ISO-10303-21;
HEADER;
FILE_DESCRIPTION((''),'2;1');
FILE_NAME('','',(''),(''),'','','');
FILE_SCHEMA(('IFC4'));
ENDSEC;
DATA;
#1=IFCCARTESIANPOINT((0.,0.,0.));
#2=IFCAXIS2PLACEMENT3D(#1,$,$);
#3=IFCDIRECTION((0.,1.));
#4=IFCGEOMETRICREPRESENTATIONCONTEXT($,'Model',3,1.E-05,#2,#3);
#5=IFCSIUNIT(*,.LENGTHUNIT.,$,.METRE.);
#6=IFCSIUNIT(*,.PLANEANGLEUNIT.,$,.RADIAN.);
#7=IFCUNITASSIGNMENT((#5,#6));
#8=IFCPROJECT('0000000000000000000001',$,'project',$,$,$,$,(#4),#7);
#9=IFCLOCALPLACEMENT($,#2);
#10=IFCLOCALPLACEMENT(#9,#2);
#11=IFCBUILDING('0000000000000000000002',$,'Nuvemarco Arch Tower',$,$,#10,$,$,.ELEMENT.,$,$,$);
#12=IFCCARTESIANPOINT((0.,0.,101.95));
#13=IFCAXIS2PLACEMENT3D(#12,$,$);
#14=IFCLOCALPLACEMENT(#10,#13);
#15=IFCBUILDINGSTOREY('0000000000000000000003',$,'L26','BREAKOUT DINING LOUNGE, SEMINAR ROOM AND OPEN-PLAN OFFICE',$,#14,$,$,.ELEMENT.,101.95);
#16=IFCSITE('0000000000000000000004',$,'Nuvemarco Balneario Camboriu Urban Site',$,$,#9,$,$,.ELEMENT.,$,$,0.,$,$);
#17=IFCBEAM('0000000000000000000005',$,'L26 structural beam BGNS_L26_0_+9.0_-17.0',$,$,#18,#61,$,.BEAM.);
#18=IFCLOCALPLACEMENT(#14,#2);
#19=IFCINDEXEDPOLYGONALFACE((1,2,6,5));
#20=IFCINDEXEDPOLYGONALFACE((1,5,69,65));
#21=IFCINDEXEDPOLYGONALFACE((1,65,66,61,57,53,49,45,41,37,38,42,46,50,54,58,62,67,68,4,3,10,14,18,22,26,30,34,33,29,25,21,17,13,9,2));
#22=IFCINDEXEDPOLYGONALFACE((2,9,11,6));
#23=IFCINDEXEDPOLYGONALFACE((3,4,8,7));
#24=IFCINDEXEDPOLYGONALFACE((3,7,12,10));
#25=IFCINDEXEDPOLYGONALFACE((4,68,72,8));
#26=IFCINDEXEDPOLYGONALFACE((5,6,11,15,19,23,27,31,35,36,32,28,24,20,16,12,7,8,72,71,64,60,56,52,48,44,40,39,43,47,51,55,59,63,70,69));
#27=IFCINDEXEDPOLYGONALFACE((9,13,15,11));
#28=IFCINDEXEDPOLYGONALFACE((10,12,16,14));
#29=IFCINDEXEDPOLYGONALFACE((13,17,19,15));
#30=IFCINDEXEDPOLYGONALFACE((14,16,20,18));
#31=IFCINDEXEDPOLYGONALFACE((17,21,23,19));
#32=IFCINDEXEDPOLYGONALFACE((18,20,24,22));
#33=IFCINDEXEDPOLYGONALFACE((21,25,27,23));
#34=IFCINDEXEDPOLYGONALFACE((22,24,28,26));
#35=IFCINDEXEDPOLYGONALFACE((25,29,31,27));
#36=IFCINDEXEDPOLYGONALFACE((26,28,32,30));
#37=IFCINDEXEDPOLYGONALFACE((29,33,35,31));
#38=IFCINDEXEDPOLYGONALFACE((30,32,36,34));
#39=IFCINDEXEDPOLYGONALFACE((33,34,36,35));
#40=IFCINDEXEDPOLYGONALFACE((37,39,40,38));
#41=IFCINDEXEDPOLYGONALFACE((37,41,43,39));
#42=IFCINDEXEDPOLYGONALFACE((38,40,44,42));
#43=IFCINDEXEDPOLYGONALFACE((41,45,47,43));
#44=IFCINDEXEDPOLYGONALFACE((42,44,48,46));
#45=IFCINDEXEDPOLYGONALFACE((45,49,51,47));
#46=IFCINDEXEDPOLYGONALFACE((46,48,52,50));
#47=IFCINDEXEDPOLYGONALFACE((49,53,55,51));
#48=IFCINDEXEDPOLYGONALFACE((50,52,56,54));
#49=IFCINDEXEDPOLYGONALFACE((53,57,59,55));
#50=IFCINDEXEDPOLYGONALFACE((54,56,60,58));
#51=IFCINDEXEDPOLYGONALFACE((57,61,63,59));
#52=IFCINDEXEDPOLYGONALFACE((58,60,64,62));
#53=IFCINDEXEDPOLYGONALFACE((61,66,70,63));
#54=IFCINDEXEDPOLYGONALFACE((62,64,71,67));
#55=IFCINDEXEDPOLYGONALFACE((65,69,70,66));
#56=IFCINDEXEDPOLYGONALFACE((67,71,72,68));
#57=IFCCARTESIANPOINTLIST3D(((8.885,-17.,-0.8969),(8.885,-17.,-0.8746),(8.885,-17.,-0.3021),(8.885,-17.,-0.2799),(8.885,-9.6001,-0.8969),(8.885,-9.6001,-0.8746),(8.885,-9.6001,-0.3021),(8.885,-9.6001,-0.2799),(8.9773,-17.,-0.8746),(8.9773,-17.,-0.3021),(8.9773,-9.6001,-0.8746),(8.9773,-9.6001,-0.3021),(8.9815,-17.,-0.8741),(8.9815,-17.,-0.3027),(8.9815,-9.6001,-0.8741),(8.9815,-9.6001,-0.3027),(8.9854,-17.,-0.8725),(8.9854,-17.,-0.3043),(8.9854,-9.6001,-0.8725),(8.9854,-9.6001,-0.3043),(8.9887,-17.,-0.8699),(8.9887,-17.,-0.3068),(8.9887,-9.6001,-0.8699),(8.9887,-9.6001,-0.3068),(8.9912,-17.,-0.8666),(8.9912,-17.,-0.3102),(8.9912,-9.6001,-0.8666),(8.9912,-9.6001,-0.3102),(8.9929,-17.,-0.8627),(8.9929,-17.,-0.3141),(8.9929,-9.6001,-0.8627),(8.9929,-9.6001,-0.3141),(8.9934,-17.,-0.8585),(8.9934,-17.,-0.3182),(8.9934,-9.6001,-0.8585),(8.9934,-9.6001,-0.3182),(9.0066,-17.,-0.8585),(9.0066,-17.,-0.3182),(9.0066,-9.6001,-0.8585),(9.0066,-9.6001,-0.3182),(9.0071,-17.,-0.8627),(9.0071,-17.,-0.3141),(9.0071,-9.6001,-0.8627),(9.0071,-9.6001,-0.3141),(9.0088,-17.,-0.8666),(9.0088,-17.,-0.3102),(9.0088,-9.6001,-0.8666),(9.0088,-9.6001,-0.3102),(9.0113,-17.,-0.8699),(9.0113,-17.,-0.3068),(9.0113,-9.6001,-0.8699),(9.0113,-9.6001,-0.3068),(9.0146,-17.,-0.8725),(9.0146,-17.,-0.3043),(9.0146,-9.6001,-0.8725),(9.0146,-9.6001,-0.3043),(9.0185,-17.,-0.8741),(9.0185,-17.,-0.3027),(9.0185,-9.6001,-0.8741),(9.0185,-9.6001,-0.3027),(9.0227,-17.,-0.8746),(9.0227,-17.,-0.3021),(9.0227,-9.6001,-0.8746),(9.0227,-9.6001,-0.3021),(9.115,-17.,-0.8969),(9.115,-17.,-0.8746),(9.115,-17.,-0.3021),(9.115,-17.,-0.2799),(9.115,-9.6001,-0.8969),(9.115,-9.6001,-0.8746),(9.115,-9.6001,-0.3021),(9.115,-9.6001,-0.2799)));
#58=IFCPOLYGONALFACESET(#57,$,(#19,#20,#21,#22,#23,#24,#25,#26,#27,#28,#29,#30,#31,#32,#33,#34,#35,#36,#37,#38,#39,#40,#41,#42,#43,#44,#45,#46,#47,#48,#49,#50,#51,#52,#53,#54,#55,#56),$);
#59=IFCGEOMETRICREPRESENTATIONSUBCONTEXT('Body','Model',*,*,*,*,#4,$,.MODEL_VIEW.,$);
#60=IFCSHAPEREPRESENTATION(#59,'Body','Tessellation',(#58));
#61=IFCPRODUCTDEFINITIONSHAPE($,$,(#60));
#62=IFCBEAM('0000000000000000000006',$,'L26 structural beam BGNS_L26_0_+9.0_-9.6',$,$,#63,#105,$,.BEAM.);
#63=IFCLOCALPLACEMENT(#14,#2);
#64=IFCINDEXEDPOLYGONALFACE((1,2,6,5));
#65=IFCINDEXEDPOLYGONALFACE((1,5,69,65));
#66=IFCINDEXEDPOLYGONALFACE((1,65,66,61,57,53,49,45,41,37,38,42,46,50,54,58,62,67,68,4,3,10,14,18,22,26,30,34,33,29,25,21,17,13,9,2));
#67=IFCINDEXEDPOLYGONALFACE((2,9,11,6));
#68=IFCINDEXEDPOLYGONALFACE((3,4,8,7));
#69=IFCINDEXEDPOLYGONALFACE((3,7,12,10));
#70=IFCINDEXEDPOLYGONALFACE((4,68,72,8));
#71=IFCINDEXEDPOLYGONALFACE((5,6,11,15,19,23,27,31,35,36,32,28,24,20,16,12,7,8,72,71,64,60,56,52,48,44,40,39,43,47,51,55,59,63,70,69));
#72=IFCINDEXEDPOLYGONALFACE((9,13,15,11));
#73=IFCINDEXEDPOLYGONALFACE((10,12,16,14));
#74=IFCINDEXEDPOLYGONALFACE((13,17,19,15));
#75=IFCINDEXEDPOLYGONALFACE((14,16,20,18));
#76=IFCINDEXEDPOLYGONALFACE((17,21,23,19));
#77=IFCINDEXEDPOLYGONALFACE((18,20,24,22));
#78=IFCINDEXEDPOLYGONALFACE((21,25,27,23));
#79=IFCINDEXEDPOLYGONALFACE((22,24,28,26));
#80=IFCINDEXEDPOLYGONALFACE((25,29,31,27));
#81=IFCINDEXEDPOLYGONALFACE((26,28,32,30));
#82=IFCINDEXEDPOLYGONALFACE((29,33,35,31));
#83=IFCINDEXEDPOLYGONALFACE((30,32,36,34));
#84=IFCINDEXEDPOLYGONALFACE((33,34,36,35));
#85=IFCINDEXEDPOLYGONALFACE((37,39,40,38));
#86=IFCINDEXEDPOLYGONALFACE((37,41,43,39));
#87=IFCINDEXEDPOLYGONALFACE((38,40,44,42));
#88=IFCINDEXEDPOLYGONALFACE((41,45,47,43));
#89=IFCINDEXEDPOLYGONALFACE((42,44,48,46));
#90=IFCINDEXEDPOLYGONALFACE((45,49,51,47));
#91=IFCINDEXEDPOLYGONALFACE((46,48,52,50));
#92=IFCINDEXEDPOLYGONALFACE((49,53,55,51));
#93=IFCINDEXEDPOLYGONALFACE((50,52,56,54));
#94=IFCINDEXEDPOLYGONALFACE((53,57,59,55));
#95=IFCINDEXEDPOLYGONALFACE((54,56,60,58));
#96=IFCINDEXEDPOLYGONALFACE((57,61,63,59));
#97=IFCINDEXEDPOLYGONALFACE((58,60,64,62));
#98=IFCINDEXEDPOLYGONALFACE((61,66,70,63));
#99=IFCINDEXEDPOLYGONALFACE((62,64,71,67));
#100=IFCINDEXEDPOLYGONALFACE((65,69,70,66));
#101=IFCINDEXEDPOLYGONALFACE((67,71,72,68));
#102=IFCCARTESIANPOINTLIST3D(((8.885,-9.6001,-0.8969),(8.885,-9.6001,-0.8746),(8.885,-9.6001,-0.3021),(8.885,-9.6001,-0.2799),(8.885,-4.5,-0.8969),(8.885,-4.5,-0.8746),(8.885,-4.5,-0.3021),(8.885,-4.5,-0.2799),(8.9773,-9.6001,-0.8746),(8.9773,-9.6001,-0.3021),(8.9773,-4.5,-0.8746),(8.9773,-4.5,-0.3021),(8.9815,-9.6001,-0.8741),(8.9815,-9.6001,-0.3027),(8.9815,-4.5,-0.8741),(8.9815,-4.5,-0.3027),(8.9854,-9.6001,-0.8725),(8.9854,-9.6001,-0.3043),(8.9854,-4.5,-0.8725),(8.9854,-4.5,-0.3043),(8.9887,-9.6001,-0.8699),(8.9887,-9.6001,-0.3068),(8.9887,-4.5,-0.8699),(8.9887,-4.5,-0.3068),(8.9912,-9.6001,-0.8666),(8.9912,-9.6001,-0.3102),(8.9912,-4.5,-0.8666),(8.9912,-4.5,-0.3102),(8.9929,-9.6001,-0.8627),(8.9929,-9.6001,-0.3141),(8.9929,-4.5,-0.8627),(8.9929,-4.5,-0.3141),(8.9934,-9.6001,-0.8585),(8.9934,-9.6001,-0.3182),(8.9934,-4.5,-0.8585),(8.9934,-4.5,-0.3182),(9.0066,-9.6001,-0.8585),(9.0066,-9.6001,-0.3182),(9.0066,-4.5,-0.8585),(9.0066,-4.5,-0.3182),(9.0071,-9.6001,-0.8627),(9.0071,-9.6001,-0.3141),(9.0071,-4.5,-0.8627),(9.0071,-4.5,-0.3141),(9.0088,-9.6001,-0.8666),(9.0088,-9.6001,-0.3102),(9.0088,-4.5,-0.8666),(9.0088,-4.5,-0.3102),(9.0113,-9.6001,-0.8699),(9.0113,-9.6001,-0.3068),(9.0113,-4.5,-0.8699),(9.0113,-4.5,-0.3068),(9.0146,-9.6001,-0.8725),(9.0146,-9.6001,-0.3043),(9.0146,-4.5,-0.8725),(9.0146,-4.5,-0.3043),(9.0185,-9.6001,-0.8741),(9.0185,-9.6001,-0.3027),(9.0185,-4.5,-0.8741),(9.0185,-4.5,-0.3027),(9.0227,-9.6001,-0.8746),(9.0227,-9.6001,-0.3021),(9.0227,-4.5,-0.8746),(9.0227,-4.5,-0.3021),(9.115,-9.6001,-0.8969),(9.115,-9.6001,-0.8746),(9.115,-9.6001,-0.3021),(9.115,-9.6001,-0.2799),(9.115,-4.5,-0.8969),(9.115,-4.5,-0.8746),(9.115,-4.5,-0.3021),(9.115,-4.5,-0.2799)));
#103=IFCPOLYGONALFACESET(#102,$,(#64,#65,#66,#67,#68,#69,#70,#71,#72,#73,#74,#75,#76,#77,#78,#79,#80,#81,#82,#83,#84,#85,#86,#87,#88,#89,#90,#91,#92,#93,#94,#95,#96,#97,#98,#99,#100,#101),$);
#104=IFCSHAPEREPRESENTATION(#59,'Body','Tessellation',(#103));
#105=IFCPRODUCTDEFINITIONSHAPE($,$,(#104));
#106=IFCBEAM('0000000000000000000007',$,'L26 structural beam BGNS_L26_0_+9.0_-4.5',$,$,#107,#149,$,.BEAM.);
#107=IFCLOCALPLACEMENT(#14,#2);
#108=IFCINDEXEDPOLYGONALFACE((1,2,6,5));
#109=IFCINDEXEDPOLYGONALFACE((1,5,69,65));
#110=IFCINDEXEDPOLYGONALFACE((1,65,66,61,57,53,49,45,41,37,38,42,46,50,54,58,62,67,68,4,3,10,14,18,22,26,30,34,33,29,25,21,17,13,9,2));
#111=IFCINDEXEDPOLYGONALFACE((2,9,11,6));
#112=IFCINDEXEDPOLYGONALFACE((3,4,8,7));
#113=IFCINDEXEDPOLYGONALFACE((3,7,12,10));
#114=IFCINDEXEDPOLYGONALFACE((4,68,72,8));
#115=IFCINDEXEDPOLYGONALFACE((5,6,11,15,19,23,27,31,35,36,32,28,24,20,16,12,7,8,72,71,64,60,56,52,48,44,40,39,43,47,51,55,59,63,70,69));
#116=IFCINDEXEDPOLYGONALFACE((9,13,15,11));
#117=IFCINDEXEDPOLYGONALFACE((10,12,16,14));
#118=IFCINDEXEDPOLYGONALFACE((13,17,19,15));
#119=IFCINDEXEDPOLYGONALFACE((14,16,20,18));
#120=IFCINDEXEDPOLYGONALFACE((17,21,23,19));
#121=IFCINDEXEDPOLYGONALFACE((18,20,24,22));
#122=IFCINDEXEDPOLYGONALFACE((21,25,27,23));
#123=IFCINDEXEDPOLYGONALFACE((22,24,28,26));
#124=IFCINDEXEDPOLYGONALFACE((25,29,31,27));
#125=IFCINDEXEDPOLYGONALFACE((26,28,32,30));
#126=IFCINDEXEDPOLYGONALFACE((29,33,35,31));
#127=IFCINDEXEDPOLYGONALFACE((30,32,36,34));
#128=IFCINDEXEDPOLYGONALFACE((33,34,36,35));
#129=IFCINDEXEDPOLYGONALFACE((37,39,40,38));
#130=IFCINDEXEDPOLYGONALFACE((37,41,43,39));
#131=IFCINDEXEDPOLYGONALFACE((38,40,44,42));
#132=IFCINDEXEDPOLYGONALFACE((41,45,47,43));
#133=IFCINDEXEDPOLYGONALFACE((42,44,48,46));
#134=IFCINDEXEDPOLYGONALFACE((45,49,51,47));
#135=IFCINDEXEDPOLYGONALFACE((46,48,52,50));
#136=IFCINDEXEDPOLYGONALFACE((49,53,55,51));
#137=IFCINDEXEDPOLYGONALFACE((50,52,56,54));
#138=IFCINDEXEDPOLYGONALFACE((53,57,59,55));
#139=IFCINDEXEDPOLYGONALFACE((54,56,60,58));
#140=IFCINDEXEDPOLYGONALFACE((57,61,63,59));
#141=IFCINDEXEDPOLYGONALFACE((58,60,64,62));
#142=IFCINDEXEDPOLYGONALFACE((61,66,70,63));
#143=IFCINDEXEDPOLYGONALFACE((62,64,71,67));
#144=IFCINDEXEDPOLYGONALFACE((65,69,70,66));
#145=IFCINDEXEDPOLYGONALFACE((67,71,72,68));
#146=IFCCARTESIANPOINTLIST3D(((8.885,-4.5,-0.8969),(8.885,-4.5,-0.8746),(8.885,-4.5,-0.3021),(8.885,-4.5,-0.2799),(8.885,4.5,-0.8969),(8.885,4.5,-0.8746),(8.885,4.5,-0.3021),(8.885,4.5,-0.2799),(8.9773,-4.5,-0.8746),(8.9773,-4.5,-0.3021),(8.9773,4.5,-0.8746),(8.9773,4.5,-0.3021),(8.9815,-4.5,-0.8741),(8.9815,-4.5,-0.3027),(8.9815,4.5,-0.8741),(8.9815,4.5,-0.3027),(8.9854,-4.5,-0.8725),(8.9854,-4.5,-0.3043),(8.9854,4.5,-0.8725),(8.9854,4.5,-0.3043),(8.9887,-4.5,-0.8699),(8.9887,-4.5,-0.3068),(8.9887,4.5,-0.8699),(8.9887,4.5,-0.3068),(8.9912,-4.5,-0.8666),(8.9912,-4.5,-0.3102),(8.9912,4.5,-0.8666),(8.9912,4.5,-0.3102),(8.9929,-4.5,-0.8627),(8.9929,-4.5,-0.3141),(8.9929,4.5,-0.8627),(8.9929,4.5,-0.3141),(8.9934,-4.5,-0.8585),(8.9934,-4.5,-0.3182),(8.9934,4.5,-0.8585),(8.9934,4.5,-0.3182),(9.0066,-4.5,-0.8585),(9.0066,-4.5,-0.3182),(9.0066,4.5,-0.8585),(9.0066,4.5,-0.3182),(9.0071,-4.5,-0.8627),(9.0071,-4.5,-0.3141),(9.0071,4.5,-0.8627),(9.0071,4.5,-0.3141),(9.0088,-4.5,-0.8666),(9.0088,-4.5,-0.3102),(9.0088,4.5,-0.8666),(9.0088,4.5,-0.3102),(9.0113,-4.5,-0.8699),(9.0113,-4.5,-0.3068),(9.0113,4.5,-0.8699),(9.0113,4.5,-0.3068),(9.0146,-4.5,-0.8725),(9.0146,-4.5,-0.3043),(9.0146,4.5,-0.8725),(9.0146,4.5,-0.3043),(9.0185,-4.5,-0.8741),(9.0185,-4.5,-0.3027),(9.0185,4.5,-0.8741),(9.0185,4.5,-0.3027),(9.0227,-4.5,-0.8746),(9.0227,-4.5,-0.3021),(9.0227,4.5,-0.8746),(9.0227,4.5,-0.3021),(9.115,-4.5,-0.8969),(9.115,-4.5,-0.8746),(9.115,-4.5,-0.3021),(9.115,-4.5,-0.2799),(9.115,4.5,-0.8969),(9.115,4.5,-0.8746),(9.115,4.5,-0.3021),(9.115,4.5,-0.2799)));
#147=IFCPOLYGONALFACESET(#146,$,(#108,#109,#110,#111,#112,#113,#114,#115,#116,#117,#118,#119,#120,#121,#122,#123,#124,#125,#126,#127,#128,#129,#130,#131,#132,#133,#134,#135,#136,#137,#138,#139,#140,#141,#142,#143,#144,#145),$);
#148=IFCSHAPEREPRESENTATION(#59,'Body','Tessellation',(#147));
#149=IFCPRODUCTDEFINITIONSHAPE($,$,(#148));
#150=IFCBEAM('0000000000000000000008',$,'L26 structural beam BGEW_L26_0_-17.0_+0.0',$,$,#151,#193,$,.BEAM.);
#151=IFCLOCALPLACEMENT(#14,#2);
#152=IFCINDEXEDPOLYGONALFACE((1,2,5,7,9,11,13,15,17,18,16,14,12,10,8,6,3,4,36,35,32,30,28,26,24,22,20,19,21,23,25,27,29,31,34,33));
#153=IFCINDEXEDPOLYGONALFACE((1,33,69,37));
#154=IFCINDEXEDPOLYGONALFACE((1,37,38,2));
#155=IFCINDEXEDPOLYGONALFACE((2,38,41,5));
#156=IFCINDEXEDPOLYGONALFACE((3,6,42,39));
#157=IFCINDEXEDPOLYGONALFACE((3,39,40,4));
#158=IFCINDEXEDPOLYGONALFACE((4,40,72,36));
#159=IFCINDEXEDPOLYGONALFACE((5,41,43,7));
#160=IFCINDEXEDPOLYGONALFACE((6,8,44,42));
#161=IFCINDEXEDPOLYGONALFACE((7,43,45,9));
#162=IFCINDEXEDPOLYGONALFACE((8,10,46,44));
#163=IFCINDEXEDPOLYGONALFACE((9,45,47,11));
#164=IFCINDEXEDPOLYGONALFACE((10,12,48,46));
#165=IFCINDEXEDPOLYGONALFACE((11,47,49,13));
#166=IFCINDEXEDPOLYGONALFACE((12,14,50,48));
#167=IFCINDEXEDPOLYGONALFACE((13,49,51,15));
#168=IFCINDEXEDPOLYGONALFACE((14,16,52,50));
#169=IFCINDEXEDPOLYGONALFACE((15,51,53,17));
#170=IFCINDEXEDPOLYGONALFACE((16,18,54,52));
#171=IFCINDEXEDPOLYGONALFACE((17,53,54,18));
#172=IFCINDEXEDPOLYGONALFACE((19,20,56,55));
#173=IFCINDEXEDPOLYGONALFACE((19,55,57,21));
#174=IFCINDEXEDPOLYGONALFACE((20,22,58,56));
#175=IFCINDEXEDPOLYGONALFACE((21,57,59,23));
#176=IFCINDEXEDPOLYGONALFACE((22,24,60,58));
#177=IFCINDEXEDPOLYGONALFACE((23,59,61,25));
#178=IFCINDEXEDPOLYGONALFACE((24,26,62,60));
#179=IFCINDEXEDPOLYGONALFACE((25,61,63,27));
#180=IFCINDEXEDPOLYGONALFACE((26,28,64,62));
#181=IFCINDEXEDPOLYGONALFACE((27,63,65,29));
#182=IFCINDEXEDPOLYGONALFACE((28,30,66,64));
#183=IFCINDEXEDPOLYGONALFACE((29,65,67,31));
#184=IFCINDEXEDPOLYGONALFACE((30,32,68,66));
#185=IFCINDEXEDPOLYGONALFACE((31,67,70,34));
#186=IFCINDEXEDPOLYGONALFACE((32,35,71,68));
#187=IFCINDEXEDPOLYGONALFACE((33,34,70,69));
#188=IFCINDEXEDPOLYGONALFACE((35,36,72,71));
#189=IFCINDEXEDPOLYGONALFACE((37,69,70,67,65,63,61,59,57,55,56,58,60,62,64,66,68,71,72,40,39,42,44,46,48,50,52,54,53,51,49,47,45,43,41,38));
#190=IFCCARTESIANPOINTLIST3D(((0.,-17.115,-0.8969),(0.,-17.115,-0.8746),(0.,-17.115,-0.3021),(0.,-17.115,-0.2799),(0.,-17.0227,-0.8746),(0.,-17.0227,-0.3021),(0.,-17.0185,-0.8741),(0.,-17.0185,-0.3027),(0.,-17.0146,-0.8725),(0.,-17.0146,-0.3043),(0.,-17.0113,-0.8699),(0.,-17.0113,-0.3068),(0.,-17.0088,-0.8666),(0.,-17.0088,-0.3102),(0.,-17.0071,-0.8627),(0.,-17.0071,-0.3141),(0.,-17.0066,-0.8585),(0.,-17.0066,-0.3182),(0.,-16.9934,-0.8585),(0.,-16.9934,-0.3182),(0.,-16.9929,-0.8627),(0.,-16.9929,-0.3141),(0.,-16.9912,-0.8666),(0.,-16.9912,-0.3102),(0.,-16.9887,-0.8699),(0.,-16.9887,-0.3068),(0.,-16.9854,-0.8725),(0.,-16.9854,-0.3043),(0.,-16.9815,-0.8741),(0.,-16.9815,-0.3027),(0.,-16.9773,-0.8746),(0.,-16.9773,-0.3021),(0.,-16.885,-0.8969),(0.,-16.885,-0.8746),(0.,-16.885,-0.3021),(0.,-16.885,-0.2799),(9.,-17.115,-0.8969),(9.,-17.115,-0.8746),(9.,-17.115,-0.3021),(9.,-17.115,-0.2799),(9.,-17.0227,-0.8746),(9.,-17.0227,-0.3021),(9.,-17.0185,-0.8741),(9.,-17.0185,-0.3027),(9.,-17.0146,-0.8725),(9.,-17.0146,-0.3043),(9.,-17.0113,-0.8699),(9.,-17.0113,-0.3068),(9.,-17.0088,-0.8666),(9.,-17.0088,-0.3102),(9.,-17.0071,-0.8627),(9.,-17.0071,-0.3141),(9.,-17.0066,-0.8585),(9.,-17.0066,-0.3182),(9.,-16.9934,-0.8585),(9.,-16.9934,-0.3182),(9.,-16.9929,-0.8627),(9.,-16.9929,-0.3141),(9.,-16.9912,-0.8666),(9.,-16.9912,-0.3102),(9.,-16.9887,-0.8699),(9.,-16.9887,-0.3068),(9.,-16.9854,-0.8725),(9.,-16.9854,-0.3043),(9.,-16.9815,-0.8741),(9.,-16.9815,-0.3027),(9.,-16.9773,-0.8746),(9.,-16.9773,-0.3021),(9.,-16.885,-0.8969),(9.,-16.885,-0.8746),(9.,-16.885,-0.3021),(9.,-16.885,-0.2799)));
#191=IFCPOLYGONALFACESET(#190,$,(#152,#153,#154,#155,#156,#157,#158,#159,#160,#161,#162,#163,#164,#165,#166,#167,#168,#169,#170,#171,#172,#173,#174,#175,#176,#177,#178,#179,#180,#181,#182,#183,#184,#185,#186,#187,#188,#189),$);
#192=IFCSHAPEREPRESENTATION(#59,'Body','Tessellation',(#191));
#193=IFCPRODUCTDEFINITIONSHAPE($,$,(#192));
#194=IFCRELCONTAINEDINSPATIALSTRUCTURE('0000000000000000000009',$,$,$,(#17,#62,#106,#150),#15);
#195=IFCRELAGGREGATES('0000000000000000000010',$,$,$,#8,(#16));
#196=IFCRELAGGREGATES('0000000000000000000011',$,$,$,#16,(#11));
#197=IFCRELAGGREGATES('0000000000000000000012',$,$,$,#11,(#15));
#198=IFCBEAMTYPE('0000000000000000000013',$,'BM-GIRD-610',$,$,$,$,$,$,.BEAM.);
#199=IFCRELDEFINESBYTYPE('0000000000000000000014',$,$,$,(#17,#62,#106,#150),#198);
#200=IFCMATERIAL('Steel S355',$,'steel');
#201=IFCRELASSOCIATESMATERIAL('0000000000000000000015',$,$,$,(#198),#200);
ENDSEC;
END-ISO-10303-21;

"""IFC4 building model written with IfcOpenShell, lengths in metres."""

from ifc_helpers import new_model, si_unit, direction, frame, origin, origin_2d, place, context, subcontext, project, spatial, i_section, extrude, material, material_profile, profile_set, type_object, element, save


model = new_model("IFC4")

# Units and contexts
model_context = context("Model", 3, precision=1e-05, world=origin(), true_north=direction((0.0, 1.0)))
body_context = subcontext(model_context, "Body", "Model", "MODEL_VIEW")
ifc_project = project(units=[si_unit("LENGTHUNIT", "METRE"), si_unit("PLANEANGLEUNIT", "RADIAN")], contexts=[model_context])

# Site, building, storey
site_placement = place(None, origin())
site = spatial("IfcSite", under=ifc_project, at=site_placement, Name="Nuvemarco Balneario Camboriu Urban Site", CompositionType="ELEMENT", RefElevation=0.0)
building_placement = place(site_placement, origin())
building = spatial("IfcBuilding", under=site, at=building_placement, Name="Nuvemarco Arch Tower", CompositionType="ELEMENT")
storey_placement = place(building_placement, frame((0.0, 0.0, 101.95)))
storey = spatial("IfcBuildingStorey", under=building, at=storey_placement, Name="L26", Description="BREAKOUT DINING LOUNGE, SEMINAR ROOM AND OPEN-PLAN OFFICE", CompositionType="ELEMENT", Elevation=101.95)

# Shared definitions
ifc_material_1 = material(Name="Steel S355", Category="steel")

# Beams
ifc_material_profile_1 = material_profile(ifc_material_1, i_section(OverallWidth=0.23, OverallDepth=0.6169, WebThickness=0.0132, FlangeThickness=0.0222, FilletRadius=0.0161, at=origin_2d()), Name="W610x140")
ifc_profile_set_1 = profile_set([ifc_material_profile_1], Name="Steel S355")
beam_type_1 = type_object("IfcBeamType", Name="BM-GIRD-610", PredefinedType="BEAM", material=ifc_profile_set_1)
beam_1_placement = place(storey_placement, frame((9.0, -17.0, -0.5884), z_axis=(0.0, 1.0, 0.0), x_axis=(-1.0, 0.0, 0.0)))
element("IfcBeam", 1, at=beam_1_placement, inside=storey, type_object=beam_type_1, Name="L26 structural beam BGNS_L26_0_+9.0_-17.0", PredefinedType="BEAM", context=body_context, shape_type="SweptSolid", body=[
    extrude(i_section(OverallWidth=0.23, OverallDepth=0.6169, WebThickness=0.0132, FlangeThickness=0.0222, FilletRadius=0.0161, at=origin_2d()), origin(), (0.0, 0.0, 1.0), 7.3999),
])
beam_2_placement = place(storey_placement, frame((9.0, -9.6001, -0.5884), z_axis=(0.0, 1.0, 0.0), x_axis=(-1.0, 0.0, 0.0)))
element("IfcBeam", 2, at=beam_2_placement, inside=storey, type_object=beam_type_1, Name="L26 structural beam BGNS_L26_0_+9.0_-9.6", PredefinedType="BEAM", context=body_context, shape_type="SweptSolid", body=[
    extrude(i_section(OverallWidth=0.23, OverallDepth=0.6169, WebThickness=0.0132, FlangeThickness=0.0222, FilletRadius=0.0161, at=origin_2d()), origin(), (0.0, 0.0, 1.0), 5.1001),
])
for number, where, z_axis, x_axis, name in (
    (3, (9.0, -4.5, -0.5884), (0.0, 1.0, 0.0), (-1.0, 0.0, 0.0), "L26 structural beam BGNS_L26_0_+9.0_-4.5"),
    (4, (0.0, -17.0, -0.5884), (1.0, 0.0, 0.0), (0.0, 1.0, 0.0), "L26 structural beam BGEW_L26_0_-17.0_+0.0"),
):
    element("IfcBeam", number, at=place(storey_placement, frame(where, z_axis=z_axis, x_axis=x_axis)), inside=storey, type_object=beam_type_1, Name=name, PredefinedType="BEAM", context=body_context, shape_type="SweptSolid", body=[
        extrude(i_section(OverallWidth=0.23, OverallDepth=0.6169, WebThickness=0.0132, FlangeThickness=0.0222, FilletRadius=0.0161, at=origin_2d()), origin(), (0.0, 0.0, 1.0), 9.0),
    ])

save(model, "model.ifc")
